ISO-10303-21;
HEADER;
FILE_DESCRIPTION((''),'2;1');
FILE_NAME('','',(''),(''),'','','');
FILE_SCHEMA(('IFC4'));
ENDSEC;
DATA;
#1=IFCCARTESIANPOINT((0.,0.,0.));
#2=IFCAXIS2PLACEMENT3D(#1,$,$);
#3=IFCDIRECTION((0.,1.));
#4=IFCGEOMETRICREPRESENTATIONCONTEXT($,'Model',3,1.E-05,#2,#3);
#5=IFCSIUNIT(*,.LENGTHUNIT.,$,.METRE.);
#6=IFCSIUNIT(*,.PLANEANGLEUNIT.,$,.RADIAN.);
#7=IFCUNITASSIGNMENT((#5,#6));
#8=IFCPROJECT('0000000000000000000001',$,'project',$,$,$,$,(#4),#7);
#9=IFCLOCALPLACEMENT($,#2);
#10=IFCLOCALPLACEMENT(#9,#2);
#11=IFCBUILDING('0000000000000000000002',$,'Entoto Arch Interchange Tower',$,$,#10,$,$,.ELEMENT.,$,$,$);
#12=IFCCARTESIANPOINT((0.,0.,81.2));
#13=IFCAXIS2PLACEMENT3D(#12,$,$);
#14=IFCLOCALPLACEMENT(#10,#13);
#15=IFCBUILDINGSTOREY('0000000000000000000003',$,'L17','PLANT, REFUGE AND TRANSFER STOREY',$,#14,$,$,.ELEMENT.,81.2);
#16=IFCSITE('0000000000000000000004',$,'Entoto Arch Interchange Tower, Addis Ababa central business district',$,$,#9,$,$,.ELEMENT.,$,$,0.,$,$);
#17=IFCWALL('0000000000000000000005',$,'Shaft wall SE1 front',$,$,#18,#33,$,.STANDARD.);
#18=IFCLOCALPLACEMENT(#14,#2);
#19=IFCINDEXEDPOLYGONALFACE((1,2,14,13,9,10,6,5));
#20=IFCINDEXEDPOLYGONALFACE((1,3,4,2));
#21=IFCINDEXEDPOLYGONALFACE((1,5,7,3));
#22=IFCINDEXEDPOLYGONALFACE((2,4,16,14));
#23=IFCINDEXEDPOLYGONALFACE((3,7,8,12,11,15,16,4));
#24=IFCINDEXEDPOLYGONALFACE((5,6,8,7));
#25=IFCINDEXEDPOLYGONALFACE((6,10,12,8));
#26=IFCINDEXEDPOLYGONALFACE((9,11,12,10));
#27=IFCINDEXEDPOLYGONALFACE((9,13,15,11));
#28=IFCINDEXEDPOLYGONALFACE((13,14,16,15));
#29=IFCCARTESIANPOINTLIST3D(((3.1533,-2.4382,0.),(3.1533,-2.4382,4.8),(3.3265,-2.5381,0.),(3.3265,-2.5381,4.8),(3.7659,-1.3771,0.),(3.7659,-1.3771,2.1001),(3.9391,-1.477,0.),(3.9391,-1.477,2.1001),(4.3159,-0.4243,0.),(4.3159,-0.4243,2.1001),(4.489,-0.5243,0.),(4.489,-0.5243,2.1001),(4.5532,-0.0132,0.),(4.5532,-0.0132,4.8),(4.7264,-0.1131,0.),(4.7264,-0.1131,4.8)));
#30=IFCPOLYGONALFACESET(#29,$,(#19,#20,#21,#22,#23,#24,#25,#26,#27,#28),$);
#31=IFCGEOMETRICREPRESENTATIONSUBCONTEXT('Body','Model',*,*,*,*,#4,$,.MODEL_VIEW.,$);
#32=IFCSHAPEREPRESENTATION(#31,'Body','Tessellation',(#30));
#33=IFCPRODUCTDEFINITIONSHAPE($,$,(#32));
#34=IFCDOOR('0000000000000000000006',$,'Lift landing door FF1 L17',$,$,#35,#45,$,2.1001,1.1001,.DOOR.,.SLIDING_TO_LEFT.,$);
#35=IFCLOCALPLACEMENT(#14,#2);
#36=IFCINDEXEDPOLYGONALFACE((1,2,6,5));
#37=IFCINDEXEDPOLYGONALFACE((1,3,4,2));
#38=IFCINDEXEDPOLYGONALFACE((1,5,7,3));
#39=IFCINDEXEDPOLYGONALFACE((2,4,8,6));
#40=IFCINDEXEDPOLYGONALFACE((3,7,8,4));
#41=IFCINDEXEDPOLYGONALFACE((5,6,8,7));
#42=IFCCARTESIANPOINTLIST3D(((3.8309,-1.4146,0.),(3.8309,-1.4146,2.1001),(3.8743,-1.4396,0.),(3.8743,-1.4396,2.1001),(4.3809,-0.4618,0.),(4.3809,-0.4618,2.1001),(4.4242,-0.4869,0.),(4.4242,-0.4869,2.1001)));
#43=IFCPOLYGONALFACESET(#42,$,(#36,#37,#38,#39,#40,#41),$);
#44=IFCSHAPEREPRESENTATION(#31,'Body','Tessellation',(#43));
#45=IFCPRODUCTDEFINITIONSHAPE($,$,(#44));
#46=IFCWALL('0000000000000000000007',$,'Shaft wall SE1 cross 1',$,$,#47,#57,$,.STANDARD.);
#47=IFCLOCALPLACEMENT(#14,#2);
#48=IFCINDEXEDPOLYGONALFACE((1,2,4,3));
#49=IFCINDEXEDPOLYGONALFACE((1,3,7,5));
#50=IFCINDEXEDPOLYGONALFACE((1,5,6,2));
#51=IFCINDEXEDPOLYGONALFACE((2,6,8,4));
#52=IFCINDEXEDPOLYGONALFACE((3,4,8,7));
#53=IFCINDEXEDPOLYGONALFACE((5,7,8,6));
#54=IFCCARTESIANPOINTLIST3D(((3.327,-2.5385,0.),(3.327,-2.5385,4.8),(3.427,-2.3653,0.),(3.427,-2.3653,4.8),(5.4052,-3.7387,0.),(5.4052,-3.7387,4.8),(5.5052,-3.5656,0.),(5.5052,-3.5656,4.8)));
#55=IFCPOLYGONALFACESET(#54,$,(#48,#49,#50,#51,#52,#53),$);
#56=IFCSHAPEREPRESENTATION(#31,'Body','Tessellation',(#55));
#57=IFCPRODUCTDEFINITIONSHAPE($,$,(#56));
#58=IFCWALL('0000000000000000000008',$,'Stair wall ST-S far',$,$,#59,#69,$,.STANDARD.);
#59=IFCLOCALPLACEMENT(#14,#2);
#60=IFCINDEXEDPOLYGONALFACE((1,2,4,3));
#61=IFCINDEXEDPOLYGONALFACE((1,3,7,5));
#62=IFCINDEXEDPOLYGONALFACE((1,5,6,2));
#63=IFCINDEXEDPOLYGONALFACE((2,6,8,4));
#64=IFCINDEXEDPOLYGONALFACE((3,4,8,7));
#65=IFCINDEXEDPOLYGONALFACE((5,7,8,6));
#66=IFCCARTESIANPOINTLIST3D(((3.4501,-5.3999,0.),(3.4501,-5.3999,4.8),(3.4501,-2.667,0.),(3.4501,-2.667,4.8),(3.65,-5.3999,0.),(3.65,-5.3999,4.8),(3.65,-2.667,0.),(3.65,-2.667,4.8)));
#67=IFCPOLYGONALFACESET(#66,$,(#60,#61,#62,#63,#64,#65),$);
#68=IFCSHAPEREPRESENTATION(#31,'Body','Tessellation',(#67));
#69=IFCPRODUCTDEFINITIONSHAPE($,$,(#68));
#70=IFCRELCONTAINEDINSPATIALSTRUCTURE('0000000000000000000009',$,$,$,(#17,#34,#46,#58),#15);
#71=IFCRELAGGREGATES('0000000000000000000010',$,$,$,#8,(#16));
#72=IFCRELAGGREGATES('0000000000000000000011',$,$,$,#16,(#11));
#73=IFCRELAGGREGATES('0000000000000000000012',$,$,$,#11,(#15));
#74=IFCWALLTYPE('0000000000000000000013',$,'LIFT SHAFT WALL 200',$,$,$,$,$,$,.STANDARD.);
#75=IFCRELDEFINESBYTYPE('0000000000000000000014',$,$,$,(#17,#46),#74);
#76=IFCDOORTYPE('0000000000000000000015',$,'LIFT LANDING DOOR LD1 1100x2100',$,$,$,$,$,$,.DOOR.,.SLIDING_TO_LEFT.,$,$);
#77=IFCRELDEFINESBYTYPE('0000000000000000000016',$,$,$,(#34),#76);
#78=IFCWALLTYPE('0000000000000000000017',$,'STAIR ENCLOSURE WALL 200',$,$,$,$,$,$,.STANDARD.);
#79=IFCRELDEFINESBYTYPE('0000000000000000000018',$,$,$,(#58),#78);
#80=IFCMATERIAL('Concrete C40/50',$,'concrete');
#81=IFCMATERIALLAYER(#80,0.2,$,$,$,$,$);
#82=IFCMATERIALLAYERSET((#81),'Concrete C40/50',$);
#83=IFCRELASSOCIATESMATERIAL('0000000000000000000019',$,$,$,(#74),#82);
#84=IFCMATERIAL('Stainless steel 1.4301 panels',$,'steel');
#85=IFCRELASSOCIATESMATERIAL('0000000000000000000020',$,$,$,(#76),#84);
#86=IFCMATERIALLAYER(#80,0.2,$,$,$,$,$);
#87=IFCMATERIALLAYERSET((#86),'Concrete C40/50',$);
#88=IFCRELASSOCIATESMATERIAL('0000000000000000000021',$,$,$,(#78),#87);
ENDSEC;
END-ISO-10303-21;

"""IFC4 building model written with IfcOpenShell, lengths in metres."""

from ifc_helpers import new_model, si_unit, direction, frame, frame_2d, origin, place, context, subcontext, project, spatial, rectangle, extrude, material, layer, layer_set, type_object, element, fill, save


model = new_model("IFC4")

# Units and contexts
model_context = context("Model", 3, precision=1e-05, world=origin(), true_north=direction((0.0, 1.0)))
body_context = subcontext(model_context, "Body", "Model", "MODEL_VIEW")
ifc_project = project(units=[si_unit("LENGTHUNIT", "METRE"), si_unit("PLANEANGLEUNIT", "RADIAN")], contexts=[model_context])

# Site, building, storey
site_placement = place(None, origin())
site = spatial("IfcSite", under=ifc_project, at=site_placement, Name="Entoto Arch Interchange Tower, Addis Ababa central business district", CompositionType="ELEMENT", RefElevation=0.0)
building_placement = place(site_placement, origin())
building = spatial("IfcBuilding", under=site, at=building_placement, Name="Entoto Arch Interchange Tower", CompositionType="ELEMENT")
storey_placement = place(building_placement, frame((0.0, 0.0, 81.2)))
storey = spatial("IfcBuildingStorey", under=building, at=storey_placement, Name="L17", Description="PLANT, REFUGE AND TRANSFER STOREY", CompositionType="ELEMENT", Elevation=81.2)

# Wall, opening, door
ifc_material_1 = material(Name="Concrete C40/50", Category="concrete")
ifc_layer_1 = layer(ifc_material_1, 0.2)
ifc_layer_set_1 = layer_set([ifc_layer_1], Name="Concrete C40/50")
wall_type_1 = type_object("IfcWallType", Name="LIFT SHAFT WALL 200", PredefinedType="STANDARD", material=ifc_layer_set_1)
wall_1_placement = place(storey_placement, frame((3.24, -2.488, 0.0), z_axis=(0.0, 0.0, 1.0), x_axis=(0.499946, 0.866056, 0.0)))
wall_1 = element("IfcWall", 1, at=wall_1_placement, inside=storey, type_object=wall_type_1, Name="Shaft wall SE1 front", PredefinedType="STANDARD", context=body_context, shape_type="SweptSolid", body=[
    extrude(rectangle(XDim=2.8, YDim=0.2, at=frame_2d((1.3999, 0.0))), origin(), (0.0, 0.0, 1.0), 4.8),
])
opening_placement = place(wall_1_placement, frame((1.2251, 0.0, 0.0)))
opening = element("IfcOpeningElement", 2, at=opening_placement, cuts=wall_1, PredefinedType="OPENING", context=body_context, shape_type="SweptSolid", body=[
    extrude(rectangle(XDim=1.1001, YDim=2.1001, at=frame_2d((0.55, 1.05))), frame((0.0, 0.1099, 0.0), z_axis=(0.0, -1.0, 0.0), x_axis=(1.0, 0.0, 0.0)), (0.0, 0.0, 1.0), 0.22),
])
ifc_material_2 = material(Name="Stainless steel 1.4301 panels", Category="steel")
door_type = type_object("IfcDoorType", Name="LIFT LANDING DOOR LD1 1100x2100", OperationType="SLIDING_TO_LEFT", PredefinedType="DOOR", material=ifc_material_2)
door_placement = place(opening_placement, origin())
door = element("IfcDoor", 3, at=door_placement, inside=storey, type_object=door_type, Name="Lift landing door FF1 L17", OperationType="SLIDING_TO_LEFT", OverallHeight=2.1001, OverallWidth=1.1001, PredefinedType="DOOR", context=body_context, shape_type="SweptSolid", body=[
    extrude(rectangle(XDim=1.1001, YDim=2.1001, at=frame_2d((0.55, 1.05))), frame((0.0, 0.0249, 0.0), z_axis=(0.0, -1.0, 0.0), x_axis=(1.0, 0.0, 0.0)), (0.0, 0.0, 1.0), 0.05),
])
fill(opening, door)

# Walls
wall_2_placement = place(storey_placement, frame((3.377, -2.4519, 0.0), z_axis=(0.0, 0.0, 1.0), x_axis=(0.865955, -0.500122, 0.0)))
element("IfcWall", 4, at=wall_2_placement, inside=storey, type_object=wall_type_1, Name="Shaft wall SE1 cross 1", PredefinedType="STANDARD", context=body_context, shape_type="SweptSolid", body=[
    extrude(rectangle(XDim=2.3999, YDim=0.2, at=frame_2d((1.2, 0.0))), origin(), (0.0, 0.0, 1.0), 4.8),
])
ifc_layer_2 = layer(ifc_material_1, 0.2)
ifc_layer_set_2 = layer_set([ifc_layer_2], Name="Concrete C40/50")
wall_type_2 = type_object("IfcWallType", Name="STAIR ENCLOSURE WALL 200", PredefinedType="STANDARD", material=ifc_layer_set_2)
wall_3_placement = place(storey_placement, frame((3.55, -2.667, 0.0), z_axis=(0.0, 0.0, 1.0), x_axis=(0.0, -1.0, 0.0)))
element("IfcWall", 5, at=wall_3_placement, inside=storey, type_object=wall_type_2, Name="Stair wall ST-S far", PredefinedType="STANDARD", context=body_context, shape_type="SweptSolid", body=[
    extrude(rectangle(XDim=2.7329, YDim=0.2, at=frame_2d((1.3665, 0.0))), origin(), (0.0, 0.0, 1.0), 4.8),
])

save(model, "model.ifc")
